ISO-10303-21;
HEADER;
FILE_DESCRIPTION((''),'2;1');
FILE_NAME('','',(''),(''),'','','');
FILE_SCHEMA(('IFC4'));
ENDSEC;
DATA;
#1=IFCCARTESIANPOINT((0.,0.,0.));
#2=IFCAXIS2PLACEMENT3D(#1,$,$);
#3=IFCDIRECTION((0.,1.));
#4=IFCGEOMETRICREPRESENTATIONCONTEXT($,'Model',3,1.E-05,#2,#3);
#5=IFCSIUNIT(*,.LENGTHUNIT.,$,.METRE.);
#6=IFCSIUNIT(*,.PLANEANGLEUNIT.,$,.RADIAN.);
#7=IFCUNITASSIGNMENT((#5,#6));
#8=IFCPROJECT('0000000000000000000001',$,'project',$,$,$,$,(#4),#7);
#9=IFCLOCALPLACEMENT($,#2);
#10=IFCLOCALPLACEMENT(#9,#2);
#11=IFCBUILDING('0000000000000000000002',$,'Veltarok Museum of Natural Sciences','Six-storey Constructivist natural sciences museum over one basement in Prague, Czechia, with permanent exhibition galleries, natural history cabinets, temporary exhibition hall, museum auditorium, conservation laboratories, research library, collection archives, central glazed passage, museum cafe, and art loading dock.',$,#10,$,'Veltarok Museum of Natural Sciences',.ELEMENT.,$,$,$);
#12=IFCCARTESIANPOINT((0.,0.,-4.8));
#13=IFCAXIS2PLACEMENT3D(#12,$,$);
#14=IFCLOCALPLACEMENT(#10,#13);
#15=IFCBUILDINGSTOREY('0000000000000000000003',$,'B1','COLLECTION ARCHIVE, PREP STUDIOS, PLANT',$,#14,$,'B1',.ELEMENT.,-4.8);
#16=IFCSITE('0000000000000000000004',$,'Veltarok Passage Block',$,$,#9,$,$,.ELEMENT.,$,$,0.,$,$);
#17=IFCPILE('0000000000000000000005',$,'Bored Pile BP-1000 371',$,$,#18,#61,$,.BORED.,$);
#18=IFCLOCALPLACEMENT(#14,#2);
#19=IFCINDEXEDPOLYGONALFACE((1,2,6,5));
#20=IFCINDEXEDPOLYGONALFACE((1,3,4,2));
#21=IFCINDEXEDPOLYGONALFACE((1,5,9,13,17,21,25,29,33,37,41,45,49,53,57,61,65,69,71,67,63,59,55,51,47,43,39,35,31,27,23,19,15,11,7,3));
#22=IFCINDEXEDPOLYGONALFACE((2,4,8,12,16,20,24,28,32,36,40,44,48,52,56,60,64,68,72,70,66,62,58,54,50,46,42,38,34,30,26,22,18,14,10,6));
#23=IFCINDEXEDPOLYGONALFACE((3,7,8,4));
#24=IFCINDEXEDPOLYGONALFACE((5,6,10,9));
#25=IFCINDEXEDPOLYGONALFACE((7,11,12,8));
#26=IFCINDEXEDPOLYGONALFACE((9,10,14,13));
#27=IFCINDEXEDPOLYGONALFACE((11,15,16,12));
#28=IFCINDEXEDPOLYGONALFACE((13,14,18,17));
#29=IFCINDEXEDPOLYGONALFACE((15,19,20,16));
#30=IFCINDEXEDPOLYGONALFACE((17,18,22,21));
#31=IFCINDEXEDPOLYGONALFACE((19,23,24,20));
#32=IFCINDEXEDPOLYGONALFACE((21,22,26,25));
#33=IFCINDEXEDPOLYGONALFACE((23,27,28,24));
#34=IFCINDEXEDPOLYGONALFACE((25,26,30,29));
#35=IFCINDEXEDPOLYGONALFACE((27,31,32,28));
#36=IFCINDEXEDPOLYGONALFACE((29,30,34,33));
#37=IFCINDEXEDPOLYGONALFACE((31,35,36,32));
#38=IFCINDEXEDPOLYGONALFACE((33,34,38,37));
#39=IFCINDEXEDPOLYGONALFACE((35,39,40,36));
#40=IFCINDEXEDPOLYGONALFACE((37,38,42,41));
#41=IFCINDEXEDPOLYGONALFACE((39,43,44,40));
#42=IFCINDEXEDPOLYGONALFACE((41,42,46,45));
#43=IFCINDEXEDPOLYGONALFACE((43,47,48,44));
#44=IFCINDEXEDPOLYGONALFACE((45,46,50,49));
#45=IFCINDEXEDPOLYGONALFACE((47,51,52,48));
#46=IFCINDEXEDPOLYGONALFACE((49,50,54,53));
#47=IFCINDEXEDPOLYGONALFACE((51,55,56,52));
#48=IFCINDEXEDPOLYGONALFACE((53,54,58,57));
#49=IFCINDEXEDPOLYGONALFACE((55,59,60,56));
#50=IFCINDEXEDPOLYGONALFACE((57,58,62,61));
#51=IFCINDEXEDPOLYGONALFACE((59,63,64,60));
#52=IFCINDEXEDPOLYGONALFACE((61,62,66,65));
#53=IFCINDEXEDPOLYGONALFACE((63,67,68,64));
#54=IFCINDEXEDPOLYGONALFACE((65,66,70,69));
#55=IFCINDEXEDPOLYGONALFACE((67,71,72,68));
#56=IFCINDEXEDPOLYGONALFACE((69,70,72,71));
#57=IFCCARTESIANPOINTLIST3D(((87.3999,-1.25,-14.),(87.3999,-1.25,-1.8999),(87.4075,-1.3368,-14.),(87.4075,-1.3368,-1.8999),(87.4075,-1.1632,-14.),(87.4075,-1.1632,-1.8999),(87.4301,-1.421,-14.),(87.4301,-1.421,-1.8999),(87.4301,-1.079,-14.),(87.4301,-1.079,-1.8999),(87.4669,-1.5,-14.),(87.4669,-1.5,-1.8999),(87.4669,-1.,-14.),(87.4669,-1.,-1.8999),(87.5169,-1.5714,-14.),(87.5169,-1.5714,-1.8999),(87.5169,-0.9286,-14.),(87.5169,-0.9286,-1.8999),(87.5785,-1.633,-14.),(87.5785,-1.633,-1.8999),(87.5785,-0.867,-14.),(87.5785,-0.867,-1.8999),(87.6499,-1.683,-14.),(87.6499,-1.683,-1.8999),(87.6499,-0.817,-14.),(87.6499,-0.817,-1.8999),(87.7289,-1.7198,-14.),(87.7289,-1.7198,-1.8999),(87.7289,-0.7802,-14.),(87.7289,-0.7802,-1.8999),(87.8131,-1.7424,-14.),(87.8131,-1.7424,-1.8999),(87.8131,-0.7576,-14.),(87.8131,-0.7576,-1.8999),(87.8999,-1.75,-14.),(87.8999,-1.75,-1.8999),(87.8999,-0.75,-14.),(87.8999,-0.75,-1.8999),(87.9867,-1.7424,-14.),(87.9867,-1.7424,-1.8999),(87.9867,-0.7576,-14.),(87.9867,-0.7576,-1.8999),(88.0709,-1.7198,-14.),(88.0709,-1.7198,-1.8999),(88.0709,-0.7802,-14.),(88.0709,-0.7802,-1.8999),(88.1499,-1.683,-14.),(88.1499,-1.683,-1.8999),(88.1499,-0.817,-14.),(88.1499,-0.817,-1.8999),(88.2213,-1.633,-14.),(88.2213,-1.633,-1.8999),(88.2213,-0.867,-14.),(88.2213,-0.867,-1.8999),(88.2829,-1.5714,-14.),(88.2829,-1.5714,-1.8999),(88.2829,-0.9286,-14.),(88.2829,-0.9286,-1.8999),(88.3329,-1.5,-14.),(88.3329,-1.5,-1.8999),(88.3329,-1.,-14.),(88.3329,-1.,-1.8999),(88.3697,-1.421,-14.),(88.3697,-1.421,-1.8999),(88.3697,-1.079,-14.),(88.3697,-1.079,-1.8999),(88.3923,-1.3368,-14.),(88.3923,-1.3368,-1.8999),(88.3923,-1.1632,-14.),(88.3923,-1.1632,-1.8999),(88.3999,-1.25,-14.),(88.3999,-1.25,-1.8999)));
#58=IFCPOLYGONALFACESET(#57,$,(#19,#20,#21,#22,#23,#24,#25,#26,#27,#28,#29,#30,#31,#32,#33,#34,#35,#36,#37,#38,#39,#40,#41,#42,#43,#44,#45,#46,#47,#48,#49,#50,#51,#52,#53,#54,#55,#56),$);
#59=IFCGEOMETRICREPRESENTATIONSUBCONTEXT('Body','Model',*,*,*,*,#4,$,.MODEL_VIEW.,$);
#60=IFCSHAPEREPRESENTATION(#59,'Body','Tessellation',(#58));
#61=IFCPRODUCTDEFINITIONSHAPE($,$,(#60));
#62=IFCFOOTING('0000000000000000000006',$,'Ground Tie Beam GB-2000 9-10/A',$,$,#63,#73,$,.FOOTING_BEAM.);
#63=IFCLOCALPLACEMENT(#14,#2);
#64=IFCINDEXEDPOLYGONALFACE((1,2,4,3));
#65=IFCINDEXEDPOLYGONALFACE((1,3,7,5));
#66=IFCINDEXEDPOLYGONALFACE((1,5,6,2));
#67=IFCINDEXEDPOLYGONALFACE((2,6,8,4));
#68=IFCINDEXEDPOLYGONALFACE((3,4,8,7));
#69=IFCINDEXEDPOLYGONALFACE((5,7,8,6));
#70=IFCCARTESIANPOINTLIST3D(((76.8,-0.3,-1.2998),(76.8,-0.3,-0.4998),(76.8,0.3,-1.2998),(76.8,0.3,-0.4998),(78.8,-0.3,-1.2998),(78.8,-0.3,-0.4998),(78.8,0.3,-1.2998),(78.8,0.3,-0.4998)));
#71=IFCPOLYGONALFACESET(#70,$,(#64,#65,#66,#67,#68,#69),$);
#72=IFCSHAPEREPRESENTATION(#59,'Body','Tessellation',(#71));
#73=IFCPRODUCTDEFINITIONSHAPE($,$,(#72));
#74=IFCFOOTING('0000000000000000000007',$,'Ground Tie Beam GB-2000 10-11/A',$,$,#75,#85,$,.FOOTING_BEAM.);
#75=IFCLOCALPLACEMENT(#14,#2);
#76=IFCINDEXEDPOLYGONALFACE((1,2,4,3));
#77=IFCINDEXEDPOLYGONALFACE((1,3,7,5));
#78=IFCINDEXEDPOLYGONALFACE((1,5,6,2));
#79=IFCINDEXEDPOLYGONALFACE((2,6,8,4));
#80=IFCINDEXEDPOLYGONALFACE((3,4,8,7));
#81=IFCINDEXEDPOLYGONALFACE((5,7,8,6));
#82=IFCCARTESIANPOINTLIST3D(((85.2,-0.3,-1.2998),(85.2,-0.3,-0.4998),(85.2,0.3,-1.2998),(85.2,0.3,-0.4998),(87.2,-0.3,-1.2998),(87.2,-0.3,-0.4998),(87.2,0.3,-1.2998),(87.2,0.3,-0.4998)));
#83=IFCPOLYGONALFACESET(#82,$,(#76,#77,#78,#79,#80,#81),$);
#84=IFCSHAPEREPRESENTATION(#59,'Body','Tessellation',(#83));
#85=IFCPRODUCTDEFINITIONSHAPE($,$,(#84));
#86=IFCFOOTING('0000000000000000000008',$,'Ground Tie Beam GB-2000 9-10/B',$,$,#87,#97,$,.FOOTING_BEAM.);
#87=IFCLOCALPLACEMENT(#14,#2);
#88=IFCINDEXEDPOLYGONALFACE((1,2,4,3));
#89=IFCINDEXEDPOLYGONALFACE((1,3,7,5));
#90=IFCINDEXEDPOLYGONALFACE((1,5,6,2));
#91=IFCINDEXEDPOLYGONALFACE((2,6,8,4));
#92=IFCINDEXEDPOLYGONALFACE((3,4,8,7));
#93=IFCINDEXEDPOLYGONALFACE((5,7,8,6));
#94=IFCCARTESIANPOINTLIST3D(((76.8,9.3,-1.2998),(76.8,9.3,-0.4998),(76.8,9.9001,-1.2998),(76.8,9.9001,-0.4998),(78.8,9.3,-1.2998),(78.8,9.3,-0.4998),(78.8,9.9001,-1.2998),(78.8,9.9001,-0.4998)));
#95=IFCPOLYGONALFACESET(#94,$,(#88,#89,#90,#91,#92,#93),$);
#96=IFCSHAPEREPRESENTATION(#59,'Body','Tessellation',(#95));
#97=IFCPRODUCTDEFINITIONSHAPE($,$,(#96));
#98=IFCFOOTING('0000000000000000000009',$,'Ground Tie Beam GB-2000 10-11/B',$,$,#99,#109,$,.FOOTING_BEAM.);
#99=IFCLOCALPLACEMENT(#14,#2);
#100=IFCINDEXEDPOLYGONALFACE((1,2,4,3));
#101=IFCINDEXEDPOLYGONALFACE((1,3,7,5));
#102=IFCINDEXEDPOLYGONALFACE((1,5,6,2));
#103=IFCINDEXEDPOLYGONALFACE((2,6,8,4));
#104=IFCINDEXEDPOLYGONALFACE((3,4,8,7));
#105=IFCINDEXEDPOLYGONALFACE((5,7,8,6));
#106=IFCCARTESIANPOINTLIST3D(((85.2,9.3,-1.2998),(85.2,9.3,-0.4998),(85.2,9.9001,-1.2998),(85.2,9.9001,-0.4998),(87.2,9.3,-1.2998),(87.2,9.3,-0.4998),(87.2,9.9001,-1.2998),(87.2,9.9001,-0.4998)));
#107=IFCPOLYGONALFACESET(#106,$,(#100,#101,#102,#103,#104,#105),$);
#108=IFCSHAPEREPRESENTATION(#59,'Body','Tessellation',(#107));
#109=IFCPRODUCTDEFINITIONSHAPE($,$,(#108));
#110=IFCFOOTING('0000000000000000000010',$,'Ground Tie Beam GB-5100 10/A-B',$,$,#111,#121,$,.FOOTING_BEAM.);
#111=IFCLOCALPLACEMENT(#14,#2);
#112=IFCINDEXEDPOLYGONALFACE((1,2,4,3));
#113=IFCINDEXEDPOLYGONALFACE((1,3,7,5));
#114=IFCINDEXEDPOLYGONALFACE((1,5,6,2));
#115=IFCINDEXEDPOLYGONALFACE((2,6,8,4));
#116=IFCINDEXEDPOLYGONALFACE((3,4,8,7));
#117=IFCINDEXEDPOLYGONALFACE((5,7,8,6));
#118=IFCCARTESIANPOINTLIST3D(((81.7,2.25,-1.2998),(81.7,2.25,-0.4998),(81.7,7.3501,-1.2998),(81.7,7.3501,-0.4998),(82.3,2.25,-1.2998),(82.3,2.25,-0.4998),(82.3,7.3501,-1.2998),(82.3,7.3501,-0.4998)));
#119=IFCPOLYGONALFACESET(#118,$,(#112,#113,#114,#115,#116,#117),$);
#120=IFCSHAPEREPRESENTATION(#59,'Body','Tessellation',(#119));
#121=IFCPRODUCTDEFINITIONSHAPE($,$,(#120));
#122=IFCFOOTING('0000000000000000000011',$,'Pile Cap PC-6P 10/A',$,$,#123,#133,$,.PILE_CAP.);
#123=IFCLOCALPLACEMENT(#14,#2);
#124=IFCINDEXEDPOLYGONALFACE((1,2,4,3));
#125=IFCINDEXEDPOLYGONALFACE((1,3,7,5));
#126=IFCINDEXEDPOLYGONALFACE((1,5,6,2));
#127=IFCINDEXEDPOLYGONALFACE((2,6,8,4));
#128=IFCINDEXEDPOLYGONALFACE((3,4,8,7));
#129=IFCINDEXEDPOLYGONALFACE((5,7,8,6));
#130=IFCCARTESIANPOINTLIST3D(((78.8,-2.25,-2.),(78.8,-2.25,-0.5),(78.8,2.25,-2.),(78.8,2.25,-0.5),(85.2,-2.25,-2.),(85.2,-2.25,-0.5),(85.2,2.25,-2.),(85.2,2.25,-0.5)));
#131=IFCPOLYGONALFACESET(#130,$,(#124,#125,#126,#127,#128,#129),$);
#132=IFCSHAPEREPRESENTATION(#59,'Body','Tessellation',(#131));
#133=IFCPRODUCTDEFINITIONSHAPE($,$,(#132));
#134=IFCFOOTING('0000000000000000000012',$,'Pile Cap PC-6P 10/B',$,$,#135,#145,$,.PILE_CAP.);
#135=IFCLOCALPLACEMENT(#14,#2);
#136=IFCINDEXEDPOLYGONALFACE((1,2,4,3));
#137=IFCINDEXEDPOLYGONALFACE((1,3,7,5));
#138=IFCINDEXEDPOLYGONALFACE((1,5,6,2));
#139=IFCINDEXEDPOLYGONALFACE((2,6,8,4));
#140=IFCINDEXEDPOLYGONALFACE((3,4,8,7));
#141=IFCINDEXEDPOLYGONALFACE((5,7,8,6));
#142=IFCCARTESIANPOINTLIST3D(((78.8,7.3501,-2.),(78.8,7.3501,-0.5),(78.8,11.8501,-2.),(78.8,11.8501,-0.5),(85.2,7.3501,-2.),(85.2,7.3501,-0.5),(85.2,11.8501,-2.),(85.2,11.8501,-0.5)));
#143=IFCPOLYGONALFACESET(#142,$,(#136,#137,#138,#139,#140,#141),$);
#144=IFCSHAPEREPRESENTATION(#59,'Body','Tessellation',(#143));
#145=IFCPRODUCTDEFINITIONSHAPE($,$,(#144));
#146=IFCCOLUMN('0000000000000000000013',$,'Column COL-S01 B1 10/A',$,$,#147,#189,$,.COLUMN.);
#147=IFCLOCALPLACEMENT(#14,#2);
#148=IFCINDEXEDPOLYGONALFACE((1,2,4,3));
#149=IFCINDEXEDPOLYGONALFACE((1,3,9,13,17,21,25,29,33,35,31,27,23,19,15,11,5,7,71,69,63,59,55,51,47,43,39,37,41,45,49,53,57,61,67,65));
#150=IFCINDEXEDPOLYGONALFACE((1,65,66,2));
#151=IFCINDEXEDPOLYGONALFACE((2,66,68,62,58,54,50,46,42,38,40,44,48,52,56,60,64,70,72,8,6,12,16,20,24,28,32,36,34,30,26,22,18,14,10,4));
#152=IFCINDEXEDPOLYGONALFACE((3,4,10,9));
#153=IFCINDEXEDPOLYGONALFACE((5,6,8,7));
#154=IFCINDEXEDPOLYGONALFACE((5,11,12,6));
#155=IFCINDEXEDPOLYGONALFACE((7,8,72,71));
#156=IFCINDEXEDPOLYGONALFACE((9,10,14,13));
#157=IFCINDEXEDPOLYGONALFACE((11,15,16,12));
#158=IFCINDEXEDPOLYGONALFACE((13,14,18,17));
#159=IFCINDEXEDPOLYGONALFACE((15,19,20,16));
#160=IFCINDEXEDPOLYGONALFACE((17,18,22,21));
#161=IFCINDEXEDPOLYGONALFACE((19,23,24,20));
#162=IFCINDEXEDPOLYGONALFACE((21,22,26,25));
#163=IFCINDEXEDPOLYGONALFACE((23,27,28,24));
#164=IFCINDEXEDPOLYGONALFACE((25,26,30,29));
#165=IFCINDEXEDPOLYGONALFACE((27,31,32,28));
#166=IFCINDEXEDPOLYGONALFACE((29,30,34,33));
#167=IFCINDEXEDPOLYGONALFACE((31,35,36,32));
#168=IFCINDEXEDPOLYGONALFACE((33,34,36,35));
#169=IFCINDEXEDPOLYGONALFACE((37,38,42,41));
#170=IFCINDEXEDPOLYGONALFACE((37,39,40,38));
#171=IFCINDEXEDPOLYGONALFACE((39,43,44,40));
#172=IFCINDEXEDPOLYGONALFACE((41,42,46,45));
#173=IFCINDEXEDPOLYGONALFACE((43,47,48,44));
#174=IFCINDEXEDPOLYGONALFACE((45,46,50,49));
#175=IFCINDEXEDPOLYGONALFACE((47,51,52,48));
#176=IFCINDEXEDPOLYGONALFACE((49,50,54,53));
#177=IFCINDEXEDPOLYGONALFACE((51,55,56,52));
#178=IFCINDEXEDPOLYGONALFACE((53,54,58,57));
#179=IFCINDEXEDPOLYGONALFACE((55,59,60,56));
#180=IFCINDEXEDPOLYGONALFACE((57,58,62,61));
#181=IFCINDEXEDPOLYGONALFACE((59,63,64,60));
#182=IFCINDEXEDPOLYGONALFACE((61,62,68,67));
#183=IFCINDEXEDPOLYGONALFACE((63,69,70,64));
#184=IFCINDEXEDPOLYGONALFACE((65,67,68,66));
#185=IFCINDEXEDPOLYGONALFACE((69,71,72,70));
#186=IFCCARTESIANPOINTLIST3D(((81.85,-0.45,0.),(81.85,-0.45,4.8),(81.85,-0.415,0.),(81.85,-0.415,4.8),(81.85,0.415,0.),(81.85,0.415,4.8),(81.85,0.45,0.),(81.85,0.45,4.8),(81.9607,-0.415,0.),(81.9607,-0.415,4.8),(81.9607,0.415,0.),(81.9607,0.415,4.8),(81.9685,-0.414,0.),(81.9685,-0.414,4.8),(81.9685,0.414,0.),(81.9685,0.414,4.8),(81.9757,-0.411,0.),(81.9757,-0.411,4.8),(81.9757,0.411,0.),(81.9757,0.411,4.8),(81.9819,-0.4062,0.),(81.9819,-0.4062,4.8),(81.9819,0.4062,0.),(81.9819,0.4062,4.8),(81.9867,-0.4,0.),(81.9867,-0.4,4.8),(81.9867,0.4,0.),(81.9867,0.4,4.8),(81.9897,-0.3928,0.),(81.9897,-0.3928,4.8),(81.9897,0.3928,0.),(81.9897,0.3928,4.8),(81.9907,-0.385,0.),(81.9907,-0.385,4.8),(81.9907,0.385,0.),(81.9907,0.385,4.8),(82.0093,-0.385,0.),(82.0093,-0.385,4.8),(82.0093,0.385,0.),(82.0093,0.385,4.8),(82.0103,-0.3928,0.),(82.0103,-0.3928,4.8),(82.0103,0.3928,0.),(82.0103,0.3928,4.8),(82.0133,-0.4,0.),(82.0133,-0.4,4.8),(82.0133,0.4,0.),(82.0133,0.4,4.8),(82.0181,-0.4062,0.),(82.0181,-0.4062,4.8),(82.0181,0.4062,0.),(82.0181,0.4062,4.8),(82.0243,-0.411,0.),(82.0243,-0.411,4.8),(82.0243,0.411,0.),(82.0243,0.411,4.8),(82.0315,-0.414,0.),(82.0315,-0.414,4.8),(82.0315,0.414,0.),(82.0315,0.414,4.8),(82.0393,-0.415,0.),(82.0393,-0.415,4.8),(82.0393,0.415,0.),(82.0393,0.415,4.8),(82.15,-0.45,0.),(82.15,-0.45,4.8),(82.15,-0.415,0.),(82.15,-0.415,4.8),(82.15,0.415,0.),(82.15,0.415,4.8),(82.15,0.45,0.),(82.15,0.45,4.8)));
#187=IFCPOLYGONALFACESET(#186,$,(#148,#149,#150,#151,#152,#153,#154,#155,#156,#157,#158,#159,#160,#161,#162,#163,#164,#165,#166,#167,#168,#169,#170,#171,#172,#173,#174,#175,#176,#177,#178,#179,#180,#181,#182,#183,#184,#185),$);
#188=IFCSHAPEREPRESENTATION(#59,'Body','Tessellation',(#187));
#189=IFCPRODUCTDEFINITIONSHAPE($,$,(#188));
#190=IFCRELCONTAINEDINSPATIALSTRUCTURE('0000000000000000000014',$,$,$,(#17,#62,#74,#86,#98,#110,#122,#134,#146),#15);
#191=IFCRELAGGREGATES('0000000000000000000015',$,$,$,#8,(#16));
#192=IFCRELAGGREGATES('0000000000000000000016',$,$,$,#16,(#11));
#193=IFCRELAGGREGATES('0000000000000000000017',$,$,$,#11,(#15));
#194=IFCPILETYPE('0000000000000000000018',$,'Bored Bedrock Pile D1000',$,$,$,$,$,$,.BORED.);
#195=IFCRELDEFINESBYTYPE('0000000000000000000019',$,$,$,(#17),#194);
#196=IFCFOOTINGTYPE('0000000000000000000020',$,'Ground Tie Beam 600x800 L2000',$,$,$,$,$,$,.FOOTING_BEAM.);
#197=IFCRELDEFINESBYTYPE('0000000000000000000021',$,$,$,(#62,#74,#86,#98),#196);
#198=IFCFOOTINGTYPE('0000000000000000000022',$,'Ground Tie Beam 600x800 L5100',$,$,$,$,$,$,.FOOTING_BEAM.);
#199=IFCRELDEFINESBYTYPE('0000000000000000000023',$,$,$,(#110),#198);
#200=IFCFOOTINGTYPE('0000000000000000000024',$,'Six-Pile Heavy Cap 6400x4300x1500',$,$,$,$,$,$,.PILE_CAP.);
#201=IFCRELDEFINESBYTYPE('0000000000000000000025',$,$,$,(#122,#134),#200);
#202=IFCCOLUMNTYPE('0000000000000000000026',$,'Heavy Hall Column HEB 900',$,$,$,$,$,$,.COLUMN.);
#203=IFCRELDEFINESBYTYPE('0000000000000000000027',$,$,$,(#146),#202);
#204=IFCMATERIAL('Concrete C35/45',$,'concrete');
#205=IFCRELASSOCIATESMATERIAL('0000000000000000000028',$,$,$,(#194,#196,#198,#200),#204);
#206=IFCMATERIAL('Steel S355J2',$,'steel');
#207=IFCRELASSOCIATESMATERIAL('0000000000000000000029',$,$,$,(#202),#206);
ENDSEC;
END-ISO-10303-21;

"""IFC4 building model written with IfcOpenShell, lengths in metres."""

from ifc_helpers import new_model, si_unit, direction, frame, origin, origin_2d, place, context, subcontext, project, spatial, rectangle, circle, i_section, extrude, material, material_profile, profile_set, type_object, element, save


model = new_model("IFC4")

# Units and contexts
model_context = context("Model", 3, precision=1e-05, world=origin(), true_north=direction((0.0, 1.0)))
body_context = subcontext(model_context, "Body", "Model", "MODEL_VIEW")
ifc_project = project(units=[si_unit("LENGTHUNIT", "METRE"), si_unit("PLANEANGLEUNIT", "RADIAN")], contexts=[model_context])

# Site, building, storey
site_placement = place(None, origin())
site = spatial("IfcSite", under=ifc_project, at=site_placement, Name="Veltarok Passage Block", CompositionType="ELEMENT", RefElevation=0.0)
building_placement = place(site_placement, origin())
building = spatial("IfcBuilding", under=site, at=building_placement, Name="Veltarok Museum of Natural Sciences", Description="Six-storey Constructivist natural sciences museum over one basement in Prague, Czechia, with permanent exhibition galleries, natural history cabinets, temporary exhibition hall, museum auditorium, conservation laboratories, research library, collection archives, central glazed passage, museum cafe, and art loading dock.", LongName="Veltarok Museum of Natural Sciences", CompositionType="ELEMENT")
storey_placement = place(building_placement, frame((0.0, 0.0, -4.8)))
storey = spatial("IfcBuildingStorey", under=building, at=storey_placement, Name="B1", Description="COLLECTION ARCHIVE, PREP STUDIOS, PLANT", LongName="B1", CompositionType="ELEMENT", Elevation=-4.8)

# Pile
ifc_material_1 = material(Name="Concrete C35/45", Category="concrete")
ifc_material_profile_1 = material_profile(ifc_material_1, circle(Radius=0.5, at=origin_2d()), Name="BP D1000")
ifc_profile_set_1 = profile_set([ifc_material_profile_1], Name="Concrete C35/45")
pile_type = type_object("IfcPileType", Name="Bored Bedrock Pile D1000", PredefinedType="BORED", material=ifc_profile_set_1)
for number, where, z_axis, x_axis, name in (
    (1, (87.8999, -1.25, -1.8999), (0.0, 0.0, -1.0), (1.0, 0.0, 0.0), "Bored Pile BP-1000 371"),
):
    element("IfcPile", number, at=place(storey_placement, frame(where, z_axis=z_axis, x_axis=x_axis)), inside=storey, type_object=pile_type, Name=name, PredefinedType="BORED", context=body_context, shape_type="SweptSolid", body=[
        extrude(circle(Radius=0.5, at=origin_2d()), origin(), (0.0, 0.0, 1.0), 12.1001),
    ])

# Footings
footing_type_1 = type_object("IfcFootingType", Name="Ground Tie Beam 600x800 L2000", PredefinedType="FOOTING_BEAM", material=ifc_material_1)
for number, where, z_axis, x_axis, name in (
    (2, (77.8, 0.0, -1.2998), (0.0, 0.0, 1.0), (1.0, 0.0, 0.0), "Ground Tie Beam GB-2000 9-10/A"),
    (3, (86.2, 0.0, -1.2998), (0.0, 0.0, 1.0), (1.0, 0.0, 0.0), "Ground Tie Beam GB-2000 10-11/A"),
    (4, (77.8, 9.6001, -1.2998), (0.0, 0.0, 1.0), (1.0, 0.0, 0.0), "Ground Tie Beam GB-2000 9-10/B"),
    (5, (86.2, 9.6001, -1.2998), (0.0, 0.0, 1.0), (1.0, 0.0, 0.0), "Ground Tie Beam GB-2000 10-11/B"),
):
    element("IfcFooting", number, at=place(storey_placement, frame(where, z_axis=z_axis, x_axis=x_axis)), inside=storey, type_object=footing_type_1, Name=name, PredefinedType="FOOTING_BEAM", context=body_context, shape_type="SweptSolid", body=[
        extrude(rectangle(XDim=2.0, YDim=0.6001, at=origin_2d()), origin(), (0.0, 0.0, 1.0), 0.8),
    ])
footing_type_2 = type_object("IfcFootingType", Name="Ground Tie Beam 600x800 L5100", PredefinedType="FOOTING_BEAM", material=ifc_material_1)
footing_placement = place(storey_placement, frame((82.0, 4.8, -1.2998), z_axis=(0.0, 0.0, 1.0), x_axis=(0.0, 1.0, 0.0)))
element("IfcFooting", 6, at=footing_placement, inside=storey, type_object=footing_type_2, Name="Ground Tie Beam GB-5100 10/A-B", PredefinedType="FOOTING_BEAM", context=body_context, shape_type="SweptSolid", body=[
    extrude(rectangle(XDim=5.1001, YDim=0.6001, at=origin_2d()), origin(), (0.0, 0.0, 1.0), 0.8),
])
footing_type_3 = type_object("IfcFootingType", Name="Six-Pile Heavy Cap 6400x4300x1500", PredefinedType="PILE_CAP", material=ifc_material_1)
for number, where, z_axis, x_axis, name in (
    (7, (82.0, 0.0, -2.0), (0.0, 0.0, 1.0), (1.0, 0.0, 0.0), "Pile Cap PC-6P 10/A"),
    (8, (82.0, 9.6001, -2.0), (0.0, 0.0, 1.0), (1.0, 0.0, 0.0), "Pile Cap PC-6P 10/B"),
):
    element("IfcFooting", number, at=place(storey_placement, frame(where, z_axis=z_axis, x_axis=x_axis)), inside=storey, type_object=footing_type_3, Name=name, PredefinedType="PILE_CAP", context=body_context, shape_type="SweptSolid", body=[
        extrude(rectangle(XDim=6.3999, YDim=4.5, at=origin_2d()), origin(), (0.0, 0.0, 1.0), 1.5),
    ])

# Column
ifc_material_2 = material(Name="Steel S355J2", Category="steel")
ifc_material_profile_2 = material_profile(ifc_material_2, i_section(OverallWidth=0.3, OverallDepth=0.8999, WebThickness=0.0186, FlangeThickness=0.0349, FilletRadius=0.03, at=origin_2d()), Name="HEB 900")
ifc_profile_set_2 = profile_set([ifc_material_profile_2], Name="Steel S355J2")
column_type = type_object("IfcColumnType", Name="Heavy Hall Column HEB 900", PredefinedType="COLUMN", material=ifc_profile_set_2)
for number, where, z_axis, x_axis, name in (
    (9, (82.0, 0.0, 0.0), (0.0, 0.0, 1.0), (1.0, 0.0, 0.0), "Column COL-S01 B1 10/A"),
):
    element("IfcColumn", number, at=place(storey_placement, frame(where, z_axis=z_axis, x_axis=x_axis)), inside=storey, type_object=column_type, Name=name, PredefinedType="COLUMN", context=body_context, shape_type="SweptSolid", body=[
        extrude(i_section(OverallWidth=0.3, OverallDepth=0.8999, WebThickness=0.0186, FlangeThickness=0.0349, FilletRadius=0.03, at=origin_2d()), origin(), (0.0, 0.0, 1.0), 4.8),
    ])

save(model, "model.ifc")
